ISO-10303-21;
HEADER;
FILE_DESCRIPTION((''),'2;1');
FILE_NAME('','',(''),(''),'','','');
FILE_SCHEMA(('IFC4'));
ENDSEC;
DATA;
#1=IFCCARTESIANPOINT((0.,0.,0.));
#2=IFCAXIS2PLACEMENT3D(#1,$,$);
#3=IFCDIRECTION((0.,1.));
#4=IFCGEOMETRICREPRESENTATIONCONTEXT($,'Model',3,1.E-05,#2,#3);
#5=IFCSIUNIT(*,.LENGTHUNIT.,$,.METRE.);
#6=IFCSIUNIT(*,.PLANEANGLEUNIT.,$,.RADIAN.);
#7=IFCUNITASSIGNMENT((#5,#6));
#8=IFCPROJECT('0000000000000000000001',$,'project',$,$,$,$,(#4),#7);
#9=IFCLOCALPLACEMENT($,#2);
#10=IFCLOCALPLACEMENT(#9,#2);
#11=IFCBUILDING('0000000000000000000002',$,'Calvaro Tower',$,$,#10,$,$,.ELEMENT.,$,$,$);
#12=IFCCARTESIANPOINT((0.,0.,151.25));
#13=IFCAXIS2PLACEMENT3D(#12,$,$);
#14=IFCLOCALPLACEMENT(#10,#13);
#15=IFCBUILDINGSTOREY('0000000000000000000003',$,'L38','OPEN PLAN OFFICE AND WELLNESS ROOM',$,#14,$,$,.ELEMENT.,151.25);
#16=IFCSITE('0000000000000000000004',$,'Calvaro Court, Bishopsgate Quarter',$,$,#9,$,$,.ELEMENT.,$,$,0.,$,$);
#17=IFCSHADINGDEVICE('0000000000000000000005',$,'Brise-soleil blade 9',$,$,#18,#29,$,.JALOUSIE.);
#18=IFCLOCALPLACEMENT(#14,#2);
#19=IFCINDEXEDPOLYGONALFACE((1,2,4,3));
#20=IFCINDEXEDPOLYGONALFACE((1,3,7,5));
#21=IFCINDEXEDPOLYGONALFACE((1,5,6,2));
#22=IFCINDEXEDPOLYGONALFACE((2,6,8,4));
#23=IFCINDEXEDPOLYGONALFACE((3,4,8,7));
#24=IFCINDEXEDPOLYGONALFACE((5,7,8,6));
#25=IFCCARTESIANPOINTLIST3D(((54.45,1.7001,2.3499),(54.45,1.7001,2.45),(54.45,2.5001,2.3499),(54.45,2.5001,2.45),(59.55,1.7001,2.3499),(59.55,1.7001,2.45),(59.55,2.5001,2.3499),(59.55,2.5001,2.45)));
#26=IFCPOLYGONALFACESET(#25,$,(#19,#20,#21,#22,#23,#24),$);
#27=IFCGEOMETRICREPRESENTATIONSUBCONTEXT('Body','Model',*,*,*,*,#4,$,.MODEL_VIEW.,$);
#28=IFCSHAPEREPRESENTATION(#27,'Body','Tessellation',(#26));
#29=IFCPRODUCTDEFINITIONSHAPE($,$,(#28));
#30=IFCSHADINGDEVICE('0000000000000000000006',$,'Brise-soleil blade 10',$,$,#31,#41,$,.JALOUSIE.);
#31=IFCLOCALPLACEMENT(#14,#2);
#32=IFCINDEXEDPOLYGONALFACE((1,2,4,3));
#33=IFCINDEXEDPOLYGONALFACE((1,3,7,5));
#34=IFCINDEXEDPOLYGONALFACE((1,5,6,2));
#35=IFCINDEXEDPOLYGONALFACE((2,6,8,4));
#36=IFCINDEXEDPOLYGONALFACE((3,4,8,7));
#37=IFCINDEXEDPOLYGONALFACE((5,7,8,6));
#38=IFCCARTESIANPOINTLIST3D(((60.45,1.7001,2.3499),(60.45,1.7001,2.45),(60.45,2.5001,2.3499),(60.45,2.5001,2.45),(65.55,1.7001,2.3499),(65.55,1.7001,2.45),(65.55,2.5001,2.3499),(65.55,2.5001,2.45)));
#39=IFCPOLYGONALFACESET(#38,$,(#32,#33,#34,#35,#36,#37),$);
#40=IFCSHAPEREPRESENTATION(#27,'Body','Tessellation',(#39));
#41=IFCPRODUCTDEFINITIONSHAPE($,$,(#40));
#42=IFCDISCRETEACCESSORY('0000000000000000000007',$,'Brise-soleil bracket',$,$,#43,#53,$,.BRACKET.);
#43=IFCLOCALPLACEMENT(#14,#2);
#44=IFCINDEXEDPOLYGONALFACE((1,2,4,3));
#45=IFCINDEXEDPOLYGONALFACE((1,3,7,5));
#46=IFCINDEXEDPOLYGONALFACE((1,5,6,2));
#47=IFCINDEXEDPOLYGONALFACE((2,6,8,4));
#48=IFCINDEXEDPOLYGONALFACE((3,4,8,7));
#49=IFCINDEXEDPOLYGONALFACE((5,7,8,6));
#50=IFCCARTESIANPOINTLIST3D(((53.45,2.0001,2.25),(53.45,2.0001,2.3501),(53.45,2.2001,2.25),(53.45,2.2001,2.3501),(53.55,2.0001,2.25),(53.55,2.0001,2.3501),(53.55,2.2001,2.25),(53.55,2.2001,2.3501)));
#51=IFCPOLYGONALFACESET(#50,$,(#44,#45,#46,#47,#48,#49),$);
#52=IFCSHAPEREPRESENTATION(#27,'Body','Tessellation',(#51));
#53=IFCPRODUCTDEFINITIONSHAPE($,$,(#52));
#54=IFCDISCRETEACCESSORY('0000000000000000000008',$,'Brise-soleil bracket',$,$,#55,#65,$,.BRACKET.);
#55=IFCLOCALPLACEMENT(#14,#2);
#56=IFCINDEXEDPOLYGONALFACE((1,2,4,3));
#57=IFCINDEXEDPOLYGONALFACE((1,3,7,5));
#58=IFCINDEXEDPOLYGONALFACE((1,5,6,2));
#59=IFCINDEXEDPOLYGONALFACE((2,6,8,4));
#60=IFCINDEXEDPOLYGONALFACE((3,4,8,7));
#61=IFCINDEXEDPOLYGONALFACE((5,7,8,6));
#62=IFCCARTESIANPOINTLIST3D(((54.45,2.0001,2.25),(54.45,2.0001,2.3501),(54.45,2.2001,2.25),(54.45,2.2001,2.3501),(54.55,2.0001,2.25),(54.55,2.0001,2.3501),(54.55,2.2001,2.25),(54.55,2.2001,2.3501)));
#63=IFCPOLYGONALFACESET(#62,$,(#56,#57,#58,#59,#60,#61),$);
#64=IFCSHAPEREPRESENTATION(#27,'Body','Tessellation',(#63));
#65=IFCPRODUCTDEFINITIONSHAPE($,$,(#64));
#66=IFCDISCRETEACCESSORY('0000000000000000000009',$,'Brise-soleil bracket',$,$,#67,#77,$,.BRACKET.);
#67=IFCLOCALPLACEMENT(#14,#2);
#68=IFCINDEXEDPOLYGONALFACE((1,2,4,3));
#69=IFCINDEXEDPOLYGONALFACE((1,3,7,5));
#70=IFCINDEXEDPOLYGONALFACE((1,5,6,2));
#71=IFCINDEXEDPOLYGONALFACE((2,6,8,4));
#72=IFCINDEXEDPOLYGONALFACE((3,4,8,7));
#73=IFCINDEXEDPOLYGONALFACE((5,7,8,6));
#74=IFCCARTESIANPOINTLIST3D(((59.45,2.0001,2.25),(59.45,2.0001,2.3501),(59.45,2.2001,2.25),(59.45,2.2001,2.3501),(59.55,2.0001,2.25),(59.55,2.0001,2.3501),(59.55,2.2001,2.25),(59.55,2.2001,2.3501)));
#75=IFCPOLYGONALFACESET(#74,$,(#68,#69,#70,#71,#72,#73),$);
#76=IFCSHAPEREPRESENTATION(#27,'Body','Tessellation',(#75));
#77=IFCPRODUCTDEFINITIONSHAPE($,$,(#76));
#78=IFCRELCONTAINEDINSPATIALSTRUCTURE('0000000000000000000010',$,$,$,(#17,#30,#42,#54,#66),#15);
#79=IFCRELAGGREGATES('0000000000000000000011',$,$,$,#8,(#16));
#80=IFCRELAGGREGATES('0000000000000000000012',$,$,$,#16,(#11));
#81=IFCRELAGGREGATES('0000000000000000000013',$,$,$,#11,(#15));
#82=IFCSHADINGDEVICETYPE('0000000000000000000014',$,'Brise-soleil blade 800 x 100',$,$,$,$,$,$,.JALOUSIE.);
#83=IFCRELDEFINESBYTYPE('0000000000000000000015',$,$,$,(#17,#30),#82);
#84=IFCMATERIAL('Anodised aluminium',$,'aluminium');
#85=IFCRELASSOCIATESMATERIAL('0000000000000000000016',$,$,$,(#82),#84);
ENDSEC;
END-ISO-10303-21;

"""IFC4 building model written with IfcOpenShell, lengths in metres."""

from ifc_helpers import new_model, si_unit, direction, frame, origin, origin_2d, place, context, subcontext, project, spatial, rectangle, extrude, material, material_profile, profile_set, type_object, element, save


model = new_model("IFC4")

# Units and contexts
model_context = context("Model", 3, precision=1e-05, world=origin(), true_north=direction((0.0, 1.0)))
body_context = subcontext(model_context, "Body", "Model", "MODEL_VIEW")
ifc_project = project(units=[si_unit("LENGTHUNIT", "METRE"), si_unit("PLANEANGLEUNIT", "RADIAN")], contexts=[model_context])

# Site, building, storey
site_placement = place(None, origin())
site = spatial("IfcSite", under=ifc_project, at=site_placement, Name="Calvaro Court, Bishopsgate Quarter", CompositionType="ELEMENT", RefElevation=0.0)
building_placement = place(site_placement, origin())
building = spatial("IfcBuilding", under=site, at=building_placement, Name="Calvaro Tower", CompositionType="ELEMENT")
storey_placement = place(building_placement, frame((0.0, 0.0, 151.25)))
storey = spatial("IfcBuildingStorey", under=building, at=storey_placement, Name="L38", Description="OPEN PLAN OFFICE AND WELLNESS ROOM", CompositionType="ELEMENT", Elevation=151.25)

# Shading devices
ifc_material_1 = material(Name="Anodised aluminium", Category="aluminium")
ifc_material_profile_1 = material_profile(ifc_material_1, rectangle(XDim=0.8, YDim=0.1001, at=origin_2d()), Name="Brise-soleil blade 800 x 100")
ifc_profile_set_1 = profile_set([ifc_material_profile_1], Name="Anodised aluminium")
shading_device_type = type_object("IfcShadingDeviceType", Name="Brise-soleil blade 800 x 100", PredefinedType="JALOUSIE", material=ifc_profile_set_1)
for number, where, z_axis, x_axis, name in (
    (1, (54.45, 2.1001, 2.3999), (1.0, 0.0, 0.0), (0.0, 1.0, 0.0), "Brise-soleil blade 9"),
    (2, (60.45, 2.1001, 2.3999), (1.0, 0.0, 0.0), (0.0, 1.0, 0.0), "Brise-soleil blade 10"),
):
    element("IfcShadingDevice", number, at=place(storey_placement, frame(where, z_axis=z_axis, x_axis=x_axis)), inside=storey, type_object=shading_device_type, Name=name, PredefinedType="JALOUSIE", context=body_context, shape_type="SweptSolid", body=[
        extrude(rectangle(XDim=0.8, YDim=0.1001, at=origin_2d()), origin(), (0.0, 0.0, 1.0), 5.1001),
    ])

# Discrete accessories
for number, where, z_axis, x_axis, name in (
    (3, (53.5, 2.1001, 2.25), (0.0, 0.0, 1.0), (1.0, 0.0, 0.0), "Brise-soleil bracket"),
    (4, (54.5, 2.1001, 2.25), (0.0, 0.0, 1.0), (1.0, 0.0, 0.0), "Brise-soleil bracket"),
    (5, (59.5, 2.1001, 2.25), (0.0, 0.0, 1.0), (1.0, 0.0, 0.0), "Brise-soleil bracket"),
):
    element("IfcDiscreteAccessory", number, at=place(storey_placement, frame(where, z_axis=z_axis, x_axis=x_axis)), inside=storey, Name=name, PredefinedType="BRACKET", context=body_context, shape_type="SweptSolid", body=[
        extrude(rectangle(XDim=0.1001, YDim=0.2, at=origin_2d()), origin(), (0.0, 0.0, 1.0), 0.1001),
    ])

save(model, "model.ifc")
